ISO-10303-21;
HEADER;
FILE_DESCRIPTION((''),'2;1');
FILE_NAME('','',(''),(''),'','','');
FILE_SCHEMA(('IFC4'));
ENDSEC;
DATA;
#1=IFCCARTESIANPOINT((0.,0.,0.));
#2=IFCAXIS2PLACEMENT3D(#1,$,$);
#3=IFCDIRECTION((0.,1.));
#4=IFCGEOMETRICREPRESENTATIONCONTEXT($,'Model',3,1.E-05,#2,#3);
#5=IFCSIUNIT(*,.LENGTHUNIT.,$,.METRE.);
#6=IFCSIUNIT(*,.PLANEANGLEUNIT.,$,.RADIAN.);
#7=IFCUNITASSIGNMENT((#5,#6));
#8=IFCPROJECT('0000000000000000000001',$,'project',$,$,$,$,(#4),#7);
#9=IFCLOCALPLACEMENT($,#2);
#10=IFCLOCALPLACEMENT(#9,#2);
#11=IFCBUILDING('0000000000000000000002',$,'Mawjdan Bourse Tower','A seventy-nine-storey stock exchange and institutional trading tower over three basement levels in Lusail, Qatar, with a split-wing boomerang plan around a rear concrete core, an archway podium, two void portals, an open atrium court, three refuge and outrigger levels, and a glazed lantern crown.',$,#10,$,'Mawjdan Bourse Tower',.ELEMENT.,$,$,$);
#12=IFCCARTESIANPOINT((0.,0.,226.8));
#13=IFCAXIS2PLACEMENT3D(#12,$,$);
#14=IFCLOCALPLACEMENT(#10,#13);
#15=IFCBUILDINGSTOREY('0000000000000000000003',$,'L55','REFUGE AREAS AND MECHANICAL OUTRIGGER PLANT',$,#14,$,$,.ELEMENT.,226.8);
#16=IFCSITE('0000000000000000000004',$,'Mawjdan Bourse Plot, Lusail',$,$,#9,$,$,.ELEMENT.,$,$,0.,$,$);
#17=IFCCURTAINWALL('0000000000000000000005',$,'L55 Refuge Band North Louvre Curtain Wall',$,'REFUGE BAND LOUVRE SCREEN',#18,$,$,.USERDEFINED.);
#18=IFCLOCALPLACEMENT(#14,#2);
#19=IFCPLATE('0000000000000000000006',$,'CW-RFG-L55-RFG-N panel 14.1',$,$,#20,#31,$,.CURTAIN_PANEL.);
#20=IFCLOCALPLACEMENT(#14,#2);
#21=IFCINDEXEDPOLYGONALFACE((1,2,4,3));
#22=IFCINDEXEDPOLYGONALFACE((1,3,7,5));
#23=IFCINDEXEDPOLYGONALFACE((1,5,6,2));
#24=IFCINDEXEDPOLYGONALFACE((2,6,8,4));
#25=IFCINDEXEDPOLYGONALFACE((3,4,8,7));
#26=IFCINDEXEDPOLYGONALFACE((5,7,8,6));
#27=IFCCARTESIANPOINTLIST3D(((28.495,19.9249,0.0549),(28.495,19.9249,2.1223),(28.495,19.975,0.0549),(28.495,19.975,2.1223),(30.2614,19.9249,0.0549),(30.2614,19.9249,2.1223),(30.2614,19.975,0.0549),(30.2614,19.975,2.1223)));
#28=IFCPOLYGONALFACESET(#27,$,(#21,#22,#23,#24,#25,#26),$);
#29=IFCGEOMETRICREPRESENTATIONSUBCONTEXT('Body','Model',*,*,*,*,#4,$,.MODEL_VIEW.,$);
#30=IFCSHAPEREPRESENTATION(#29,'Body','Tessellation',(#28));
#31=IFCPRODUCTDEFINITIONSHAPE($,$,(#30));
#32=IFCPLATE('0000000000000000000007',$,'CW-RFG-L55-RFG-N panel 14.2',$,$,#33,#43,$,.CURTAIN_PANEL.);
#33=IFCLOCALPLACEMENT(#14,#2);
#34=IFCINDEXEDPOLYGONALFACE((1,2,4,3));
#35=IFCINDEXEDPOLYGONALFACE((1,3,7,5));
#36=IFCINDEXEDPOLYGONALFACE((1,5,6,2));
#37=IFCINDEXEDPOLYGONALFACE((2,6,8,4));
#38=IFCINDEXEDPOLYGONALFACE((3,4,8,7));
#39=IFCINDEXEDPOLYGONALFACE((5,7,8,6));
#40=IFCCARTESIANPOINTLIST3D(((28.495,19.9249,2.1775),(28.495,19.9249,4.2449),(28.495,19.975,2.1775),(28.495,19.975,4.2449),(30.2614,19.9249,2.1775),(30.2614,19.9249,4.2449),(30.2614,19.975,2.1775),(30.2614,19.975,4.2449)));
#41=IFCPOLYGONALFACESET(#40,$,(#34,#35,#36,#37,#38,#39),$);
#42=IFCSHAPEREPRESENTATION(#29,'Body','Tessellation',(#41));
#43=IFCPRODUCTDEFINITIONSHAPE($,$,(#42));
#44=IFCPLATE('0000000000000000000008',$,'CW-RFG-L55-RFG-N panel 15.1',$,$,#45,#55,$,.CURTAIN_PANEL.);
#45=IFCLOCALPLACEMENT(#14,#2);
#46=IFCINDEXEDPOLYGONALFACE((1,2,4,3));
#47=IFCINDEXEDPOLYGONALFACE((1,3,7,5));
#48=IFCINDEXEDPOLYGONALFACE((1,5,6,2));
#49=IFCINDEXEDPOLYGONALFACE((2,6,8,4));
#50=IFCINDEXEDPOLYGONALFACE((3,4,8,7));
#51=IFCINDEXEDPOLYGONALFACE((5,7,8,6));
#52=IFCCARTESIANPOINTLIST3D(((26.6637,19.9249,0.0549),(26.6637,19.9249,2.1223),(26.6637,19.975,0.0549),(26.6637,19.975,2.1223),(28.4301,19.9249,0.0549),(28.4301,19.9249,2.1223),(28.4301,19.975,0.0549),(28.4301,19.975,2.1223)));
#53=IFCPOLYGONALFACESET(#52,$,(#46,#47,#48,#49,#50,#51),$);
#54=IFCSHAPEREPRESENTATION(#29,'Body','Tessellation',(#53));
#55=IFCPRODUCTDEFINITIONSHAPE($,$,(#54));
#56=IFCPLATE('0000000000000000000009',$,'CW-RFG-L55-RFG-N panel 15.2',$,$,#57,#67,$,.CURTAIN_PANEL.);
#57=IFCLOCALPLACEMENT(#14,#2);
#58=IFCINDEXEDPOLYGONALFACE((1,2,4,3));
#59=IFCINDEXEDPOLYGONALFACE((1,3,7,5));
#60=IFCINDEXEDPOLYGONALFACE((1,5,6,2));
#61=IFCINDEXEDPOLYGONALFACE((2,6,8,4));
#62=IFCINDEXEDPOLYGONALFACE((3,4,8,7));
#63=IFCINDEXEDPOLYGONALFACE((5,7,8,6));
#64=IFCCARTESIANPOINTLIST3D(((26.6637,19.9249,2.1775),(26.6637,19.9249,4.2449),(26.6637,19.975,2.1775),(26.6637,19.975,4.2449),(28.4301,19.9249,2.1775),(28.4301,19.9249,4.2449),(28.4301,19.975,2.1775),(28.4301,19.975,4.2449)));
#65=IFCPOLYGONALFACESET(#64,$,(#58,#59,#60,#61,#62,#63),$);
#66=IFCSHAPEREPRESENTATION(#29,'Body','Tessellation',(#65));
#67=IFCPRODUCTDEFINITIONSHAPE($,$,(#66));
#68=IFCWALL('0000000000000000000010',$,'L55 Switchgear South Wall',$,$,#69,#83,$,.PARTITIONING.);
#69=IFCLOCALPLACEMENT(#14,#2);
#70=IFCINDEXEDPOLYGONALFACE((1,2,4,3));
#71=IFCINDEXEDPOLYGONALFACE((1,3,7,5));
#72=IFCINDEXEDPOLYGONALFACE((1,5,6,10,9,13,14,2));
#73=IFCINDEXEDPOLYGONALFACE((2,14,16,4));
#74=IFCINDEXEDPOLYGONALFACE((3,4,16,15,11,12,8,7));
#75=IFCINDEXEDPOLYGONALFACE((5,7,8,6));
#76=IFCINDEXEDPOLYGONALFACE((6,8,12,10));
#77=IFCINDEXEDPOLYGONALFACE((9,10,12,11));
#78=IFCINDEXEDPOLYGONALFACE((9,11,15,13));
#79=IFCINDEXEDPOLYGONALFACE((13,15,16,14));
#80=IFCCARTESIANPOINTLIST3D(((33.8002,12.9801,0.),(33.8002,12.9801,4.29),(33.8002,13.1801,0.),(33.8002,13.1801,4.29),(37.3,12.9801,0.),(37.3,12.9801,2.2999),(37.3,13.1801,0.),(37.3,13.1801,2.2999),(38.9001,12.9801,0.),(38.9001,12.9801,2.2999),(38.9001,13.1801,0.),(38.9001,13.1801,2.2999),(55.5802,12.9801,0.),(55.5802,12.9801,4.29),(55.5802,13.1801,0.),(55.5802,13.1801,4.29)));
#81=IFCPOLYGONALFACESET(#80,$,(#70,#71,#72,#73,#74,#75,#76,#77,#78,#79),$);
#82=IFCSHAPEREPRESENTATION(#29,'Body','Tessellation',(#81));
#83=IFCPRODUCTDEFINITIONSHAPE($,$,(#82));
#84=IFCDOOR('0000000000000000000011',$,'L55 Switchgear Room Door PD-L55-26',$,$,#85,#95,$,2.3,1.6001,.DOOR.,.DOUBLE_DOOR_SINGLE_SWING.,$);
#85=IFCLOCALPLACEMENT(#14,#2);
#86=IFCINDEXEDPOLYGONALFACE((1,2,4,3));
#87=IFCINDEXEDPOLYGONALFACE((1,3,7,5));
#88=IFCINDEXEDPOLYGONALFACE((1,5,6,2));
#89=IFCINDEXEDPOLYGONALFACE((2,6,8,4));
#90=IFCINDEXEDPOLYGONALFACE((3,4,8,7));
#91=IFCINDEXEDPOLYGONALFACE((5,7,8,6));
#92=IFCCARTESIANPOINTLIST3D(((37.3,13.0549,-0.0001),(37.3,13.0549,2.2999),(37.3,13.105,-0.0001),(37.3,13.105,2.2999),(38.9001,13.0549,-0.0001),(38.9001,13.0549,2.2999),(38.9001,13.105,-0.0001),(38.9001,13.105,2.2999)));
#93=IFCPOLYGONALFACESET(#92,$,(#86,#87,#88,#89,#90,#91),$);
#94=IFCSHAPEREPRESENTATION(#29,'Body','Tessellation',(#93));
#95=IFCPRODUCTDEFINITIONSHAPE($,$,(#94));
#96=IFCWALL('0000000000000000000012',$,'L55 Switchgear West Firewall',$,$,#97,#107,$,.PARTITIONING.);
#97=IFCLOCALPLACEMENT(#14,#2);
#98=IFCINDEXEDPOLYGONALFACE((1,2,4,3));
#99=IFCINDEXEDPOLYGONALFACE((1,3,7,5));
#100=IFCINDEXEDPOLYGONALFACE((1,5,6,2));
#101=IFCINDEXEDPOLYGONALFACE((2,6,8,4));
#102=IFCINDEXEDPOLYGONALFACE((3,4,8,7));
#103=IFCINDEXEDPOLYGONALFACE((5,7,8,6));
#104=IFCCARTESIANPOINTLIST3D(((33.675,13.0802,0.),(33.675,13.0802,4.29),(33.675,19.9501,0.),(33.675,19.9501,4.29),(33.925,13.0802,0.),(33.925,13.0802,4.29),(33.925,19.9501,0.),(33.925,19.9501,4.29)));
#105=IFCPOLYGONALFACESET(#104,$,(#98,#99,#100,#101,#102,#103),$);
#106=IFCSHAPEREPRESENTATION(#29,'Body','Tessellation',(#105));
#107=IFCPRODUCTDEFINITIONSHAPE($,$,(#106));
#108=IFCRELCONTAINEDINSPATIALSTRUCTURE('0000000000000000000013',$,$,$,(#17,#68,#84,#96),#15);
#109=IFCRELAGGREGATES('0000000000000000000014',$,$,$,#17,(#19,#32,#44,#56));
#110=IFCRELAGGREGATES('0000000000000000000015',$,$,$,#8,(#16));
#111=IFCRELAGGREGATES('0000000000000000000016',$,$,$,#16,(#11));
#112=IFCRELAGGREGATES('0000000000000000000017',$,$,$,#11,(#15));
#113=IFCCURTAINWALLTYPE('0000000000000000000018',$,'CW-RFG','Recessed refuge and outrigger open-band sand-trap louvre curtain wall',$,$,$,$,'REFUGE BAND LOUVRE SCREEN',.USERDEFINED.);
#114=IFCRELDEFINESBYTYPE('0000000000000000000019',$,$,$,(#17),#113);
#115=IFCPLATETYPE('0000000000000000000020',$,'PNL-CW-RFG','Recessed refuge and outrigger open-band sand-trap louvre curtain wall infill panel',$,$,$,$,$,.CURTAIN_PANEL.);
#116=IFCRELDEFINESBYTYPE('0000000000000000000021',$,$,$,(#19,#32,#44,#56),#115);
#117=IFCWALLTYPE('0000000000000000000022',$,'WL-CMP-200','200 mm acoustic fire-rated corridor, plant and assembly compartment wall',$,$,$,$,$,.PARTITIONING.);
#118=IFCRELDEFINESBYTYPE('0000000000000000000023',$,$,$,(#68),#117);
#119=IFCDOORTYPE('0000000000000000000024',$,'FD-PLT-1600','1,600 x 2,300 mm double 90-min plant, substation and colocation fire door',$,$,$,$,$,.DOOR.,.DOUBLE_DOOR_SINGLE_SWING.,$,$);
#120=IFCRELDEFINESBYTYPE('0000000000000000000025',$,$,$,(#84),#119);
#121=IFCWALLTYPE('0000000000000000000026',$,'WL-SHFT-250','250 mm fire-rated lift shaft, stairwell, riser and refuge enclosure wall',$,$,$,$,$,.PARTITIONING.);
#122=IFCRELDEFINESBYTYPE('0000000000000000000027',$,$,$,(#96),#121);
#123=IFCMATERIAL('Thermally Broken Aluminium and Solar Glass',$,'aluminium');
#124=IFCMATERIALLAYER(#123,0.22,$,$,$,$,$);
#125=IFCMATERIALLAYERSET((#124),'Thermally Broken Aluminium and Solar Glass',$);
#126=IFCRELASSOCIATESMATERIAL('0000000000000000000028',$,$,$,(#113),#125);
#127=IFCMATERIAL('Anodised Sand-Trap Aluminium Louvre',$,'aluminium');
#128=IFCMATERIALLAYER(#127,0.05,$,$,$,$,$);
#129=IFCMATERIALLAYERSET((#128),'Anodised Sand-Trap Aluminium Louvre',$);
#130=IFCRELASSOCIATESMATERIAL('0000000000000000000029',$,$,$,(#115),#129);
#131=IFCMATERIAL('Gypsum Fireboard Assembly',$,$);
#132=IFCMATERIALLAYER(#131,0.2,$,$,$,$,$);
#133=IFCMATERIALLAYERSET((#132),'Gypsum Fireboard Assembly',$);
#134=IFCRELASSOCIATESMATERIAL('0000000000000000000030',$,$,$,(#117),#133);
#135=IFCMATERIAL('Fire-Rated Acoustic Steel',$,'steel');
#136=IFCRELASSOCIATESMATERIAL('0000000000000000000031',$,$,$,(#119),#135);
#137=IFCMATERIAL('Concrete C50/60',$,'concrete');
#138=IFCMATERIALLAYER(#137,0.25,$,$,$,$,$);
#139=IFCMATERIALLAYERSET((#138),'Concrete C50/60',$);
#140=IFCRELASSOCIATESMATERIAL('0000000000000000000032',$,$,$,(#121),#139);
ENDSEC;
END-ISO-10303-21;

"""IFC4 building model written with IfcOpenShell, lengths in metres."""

from ifc_helpers import new_model, si_unit, direction, frame, frame_2d, origin, origin_2d, place, context, subcontext, project, spatial, rectangle, extrude, material, layer, layer_set, type_object, element, fill, aggregate, save


model = new_model("IFC4")

# Units and contexts
model_context = context("Model", 3, precision=1e-05, world=origin(), true_north=direction((0.0, 1.0)))
body_context = subcontext(model_context, "Body", "Model", "MODEL_VIEW")
ifc_project = project(units=[si_unit("LENGTHUNIT", "METRE"), si_unit("PLANEANGLEUNIT", "RADIAN")], contexts=[model_context])

# Site, building, storey
site_placement = place(None, origin())
site = spatial("IfcSite", under=ifc_project, at=site_placement, Name="Mawjdan Bourse Plot, Lusail", CompositionType="ELEMENT", RefElevation=0.0)
building_placement = place(site_placement, origin())
building = spatial("IfcBuilding", under=site, at=building_placement, Name="Mawjdan Bourse Tower", Description="A seventy-nine-storey stock exchange and institutional trading tower over three basement levels in Lusail, Qatar, with a split-wing boomerang plan around a rear concrete core, an archway podium, two void portals, an open atrium court, three refuge and outrigger levels, and a glazed lantern crown.", LongName="Mawjdan Bourse Tower", CompositionType="ELEMENT")
storey_placement = place(building_placement, frame((0.0, 0.0, 226.8)))
storey = spatial("IfcBuildingStorey", under=building, at=storey_placement, Name="L55", Description="REFUGE AREAS AND MECHANICAL OUTRIGGER PLANT", CompositionType="ELEMENT", Elevation=226.8)

# Curtain wall
ifc_material_1 = material(Name="Thermally Broken Aluminium and Solar Glass", Category="aluminium")
ifc_layer_1 = layer(ifc_material_1, 0.22)
ifc_layer_set_1 = layer_set([ifc_layer_1], Name="Thermally Broken Aluminium and Solar Glass")
curtain_wall_type = type_object("IfcCurtainWallType", Name="CW-RFG", Description="Recessed refuge and outrigger open-band sand-trap louvre curtain wall", ElementType="REFUGE BAND LOUVRE SCREEN", PredefinedType="USERDEFINED", material=ifc_layer_set_1)
curtain_wall_placement = place(storey_placement, origin())
curtain_wall = element("IfcCurtainWall", 1, at=curtain_wall_placement, inside=storey, type_object=curtain_wall_type, Name="L55 Refuge Band North Louvre Curtain Wall", ObjectType="REFUGE BAND LOUVRE SCREEN", PredefinedType="USERDEFINED")

# Plates
ifc_material_2 = material(Name="Anodised Sand-Trap Aluminium Louvre", Category="aluminium")
ifc_layer_2 = layer(ifc_material_2, 0.05)
ifc_layer_set_2 = layer_set([ifc_layer_2], Name="Anodised Sand-Trap Aluminium Louvre")
plate_type = type_object("IfcPlateType", Name="PNL-CW-RFG", Description="Recessed refuge and outrigger open-band sand-trap louvre curtain wall infill panel", PredefinedType="CURTAIN_PANEL", material=ifc_layer_set_2)
plate_1_placement = place(storey_placement, frame((29.3782, 19.95, 0.0549), z_axis=(0.0, 0.0, 1.0), x_axis=(-1.0, 0.0, 0.0)))
plate_1 = element("IfcPlate", 2, at=plate_1_placement, type_object=plate_type, Name="CW-RFG-L55-RFG-N panel 14.1", PredefinedType="CURTAIN_PANEL", context=body_context, shape_type="SweptSolid", body=[
    extrude(rectangle(XDim=1.7664, YDim=0.05, at=origin_2d()), origin(), (0.0, 0.0, 1.0), 2.0674),
])
plate_2_placement = place(storey_placement, frame((29.3782, 19.95, 2.1775), z_axis=(0.0, 0.0, 1.0), x_axis=(-1.0, 0.0, 0.0)))
plate_2 = element("IfcPlate", 3, at=plate_2_placement, type_object=plate_type, Name="CW-RFG-L55-RFG-N panel 14.2", PredefinedType="CURTAIN_PANEL", context=body_context, shape_type="SweptSolid", body=[
    extrude(rectangle(XDim=1.7664, YDim=0.05, at=origin_2d()), origin(), (0.0, 0.0, 1.0), 2.0674),
])
plate_3_placement = place(storey_placement, frame((27.5469, 19.95, 0.0549), z_axis=(0.0, 0.0, 1.0), x_axis=(-1.0, 0.0, 0.0)))
plate_3 = element("IfcPlate", 4, at=plate_3_placement, type_object=plate_type, Name="CW-RFG-L55-RFG-N panel 15.1", PredefinedType="CURTAIN_PANEL", context=body_context, shape_type="SweptSolid", body=[
    extrude(rectangle(XDim=1.7664, YDim=0.05, at=origin_2d()), origin(), (0.0, 0.0, 1.0), 2.0674),
])
plate_4_placement = place(storey_placement, frame((27.5469, 19.95, 2.1775), z_axis=(0.0, 0.0, 1.0), x_axis=(-1.0, 0.0, 0.0)))
plate_4 = element("IfcPlate", 5, at=plate_4_placement, type_object=plate_type, Name="CW-RFG-L55-RFG-N panel 15.2", PredefinedType="CURTAIN_PANEL", context=body_context, shape_type="SweptSolid", body=[
    extrude(rectangle(XDim=1.7664, YDim=0.05, at=origin_2d()), origin(), (0.0, 0.0, 1.0), 2.0674),
])
aggregate(curtain_wall, [plate_1, plate_2, plate_3, plate_4])

# Wall, opening, door
ifc_material_3 = material(Name="Gypsum Fireboard Assembly")
ifc_layer_3 = layer(ifc_material_3, 0.2)
ifc_layer_set_3 = layer_set([ifc_layer_3], Name="Gypsum Fireboard Assembly")
wall_type_1 = type_object("IfcWallType", Name="WL-CMP-200", Description="200 mm acoustic fire-rated corridor, plant and assembly compartment wall", PredefinedType="PARTITIONING", material=ifc_layer_set_3)
wall_1_placement = place(storey_placement, frame((33.8, 13.0801, 0.0), z_axis=(0.0, 0.0, 1.0), x_axis=(1.0, 0.0, 0.0)))
wall_1 = element("IfcWall", 6, at=wall_1_placement, inside=storey, type_object=wall_type_1, Name="L55 Switchgear South Wall", PredefinedType="PARTITIONING", context=body_context, shape_type="SweptSolid", body=[
    extrude(rectangle(XDim=21.78, YDim=0.2, at=frame_2d((10.8901, 0.0))), origin(), (0.0, 0.0, 1.0), 4.29),
])
opening_placement = place(wall_1_placement, frame((3.5, 0.0, 0.0)))
opening = element("IfcOpeningElement", 7, at=opening_placement, cuts=wall_1, PredefinedType="OPENING", context=body_context, shape_type="SweptSolid", body=[
    extrude(rectangle(XDim=1.6001, YDim=2.3, at=frame_2d((0.8, 1.1499))), frame((0.0, 0.1099, 0.0), z_axis=(0.0, -1.0, 0.0), x_axis=(1.0, 0.0, 0.0)), (0.0, 0.0, 1.0), 0.22),
])
ifc_material_4 = material(Name="Fire-Rated Acoustic Steel", Category="steel")
door_type = type_object("IfcDoorType", Name="FD-PLT-1600", Description="1,600 x 2,300 mm double 90-min plant, substation and colocation fire door", OperationType="DOUBLE_DOOR_SINGLE_SWING", PredefinedType="DOOR", material=ifc_material_4)
door_placement = place(opening_placement, origin())
door = element("IfcDoor", 8, at=door_placement, inside=storey, type_object=door_type, Name="L55 Switchgear Room Door PD-L55-26", OperationType="DOUBLE_DOOR_SINGLE_SWING", OverallHeight=2.3, OverallWidth=1.6001, PredefinedType="DOOR", context=body_context, shape_type="SweptSolid", body=[
    extrude(rectangle(XDim=1.6001, YDim=2.3, at=frame_2d((0.8, 1.1499))), frame((0.0, 0.0249, 0.0), z_axis=(0.0, -1.0, 0.0), x_axis=(1.0, 0.0, 0.0)), (0.0, 0.0, 1.0), 0.05),
])
fill(opening, door)

# Wall
ifc_material_5 = material(Name="Concrete C50/60", Category="concrete")
ifc_layer_4 = layer(ifc_material_5, 0.25)
ifc_layer_set_4 = layer_set([ifc_layer_4], Name="Concrete C50/60")
wall_type_2 = type_object("IfcWallType", Name="WL-SHFT-250", Description="250 mm fire-rated lift shaft, stairwell, riser and refuge enclosure wall", PredefinedType="PARTITIONING", material=ifc_layer_set_4)
wall_2_placement = place(storey_placement, frame((33.8, 13.0801, 0.0), z_axis=(0.0, 0.0, 1.0), x_axis=(0.0, 1.0, 0.0)))
element("IfcWall", 9, at=wall_2_placement, inside=storey, type_object=wall_type_2, Name="L55 Switchgear West Firewall", PredefinedType="PARTITIONING", context=body_context, shape_type="SweptSolid", body=[
    extrude(rectangle(XDim=6.8699, YDim=0.25, at=frame_2d((3.4351, 0.0))), origin(), (0.0, 0.0, 1.0), 4.29),
])

save(model, "model.ifc")
